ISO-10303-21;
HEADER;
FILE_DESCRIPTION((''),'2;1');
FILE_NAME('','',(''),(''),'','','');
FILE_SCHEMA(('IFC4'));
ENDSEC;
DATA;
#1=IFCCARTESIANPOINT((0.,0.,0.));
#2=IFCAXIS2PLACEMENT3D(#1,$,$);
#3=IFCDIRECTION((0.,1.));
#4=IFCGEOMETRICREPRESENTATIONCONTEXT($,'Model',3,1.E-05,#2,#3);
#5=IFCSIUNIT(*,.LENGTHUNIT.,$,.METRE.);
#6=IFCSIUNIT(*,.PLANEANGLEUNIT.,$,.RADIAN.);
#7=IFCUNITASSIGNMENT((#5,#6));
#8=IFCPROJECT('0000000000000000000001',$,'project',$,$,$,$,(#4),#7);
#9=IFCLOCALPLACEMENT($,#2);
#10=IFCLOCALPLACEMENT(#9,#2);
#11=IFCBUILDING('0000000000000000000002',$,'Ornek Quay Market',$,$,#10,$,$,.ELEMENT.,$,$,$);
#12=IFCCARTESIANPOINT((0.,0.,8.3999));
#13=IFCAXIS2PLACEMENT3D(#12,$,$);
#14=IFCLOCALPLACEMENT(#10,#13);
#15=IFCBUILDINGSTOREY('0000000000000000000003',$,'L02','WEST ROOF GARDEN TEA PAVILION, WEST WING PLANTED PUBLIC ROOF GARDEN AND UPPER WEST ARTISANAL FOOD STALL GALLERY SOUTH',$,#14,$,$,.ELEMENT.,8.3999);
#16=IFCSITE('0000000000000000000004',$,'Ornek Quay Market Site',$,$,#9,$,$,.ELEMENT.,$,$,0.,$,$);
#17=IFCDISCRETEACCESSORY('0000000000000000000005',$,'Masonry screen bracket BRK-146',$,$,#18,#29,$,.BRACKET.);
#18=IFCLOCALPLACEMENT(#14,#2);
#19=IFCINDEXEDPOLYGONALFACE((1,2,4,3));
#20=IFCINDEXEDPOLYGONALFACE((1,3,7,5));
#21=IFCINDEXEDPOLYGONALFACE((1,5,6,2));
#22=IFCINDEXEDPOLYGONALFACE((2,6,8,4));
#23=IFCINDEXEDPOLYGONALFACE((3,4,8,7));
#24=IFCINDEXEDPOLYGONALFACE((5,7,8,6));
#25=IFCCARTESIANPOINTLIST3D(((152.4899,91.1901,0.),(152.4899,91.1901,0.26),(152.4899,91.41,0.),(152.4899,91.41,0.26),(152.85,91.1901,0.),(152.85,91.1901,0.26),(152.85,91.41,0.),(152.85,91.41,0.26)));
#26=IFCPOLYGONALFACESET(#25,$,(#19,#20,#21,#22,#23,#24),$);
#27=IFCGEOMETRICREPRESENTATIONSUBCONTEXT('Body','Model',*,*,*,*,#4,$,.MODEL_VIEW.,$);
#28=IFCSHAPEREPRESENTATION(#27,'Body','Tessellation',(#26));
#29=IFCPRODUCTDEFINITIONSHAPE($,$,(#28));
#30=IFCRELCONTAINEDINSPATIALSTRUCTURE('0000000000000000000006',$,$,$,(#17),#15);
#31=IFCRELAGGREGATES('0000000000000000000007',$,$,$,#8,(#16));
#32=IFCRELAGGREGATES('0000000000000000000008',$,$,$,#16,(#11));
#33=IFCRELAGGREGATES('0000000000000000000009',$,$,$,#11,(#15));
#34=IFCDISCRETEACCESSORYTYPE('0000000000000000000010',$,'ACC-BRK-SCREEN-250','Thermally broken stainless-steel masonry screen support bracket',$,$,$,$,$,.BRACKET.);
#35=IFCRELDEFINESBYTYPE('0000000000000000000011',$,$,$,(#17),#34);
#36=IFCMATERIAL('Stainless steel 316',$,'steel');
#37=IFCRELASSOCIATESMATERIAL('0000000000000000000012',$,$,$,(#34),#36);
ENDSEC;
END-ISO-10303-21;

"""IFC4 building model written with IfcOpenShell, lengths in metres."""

from ifc_helpers import new_model, si_unit, direction, frame, origin, origin_2d, place, context, subcontext, project, spatial, rectangle, extrude, material, type_object, element, save


model = new_model("IFC4")

# Units and contexts
model_context = context("Model", 3, precision=1e-05, world=origin(), true_north=direction((0.0, 1.0)))
body_context = subcontext(model_context, "Body", "Model", "MODEL_VIEW")
ifc_project = project(units=[si_unit("LENGTHUNIT", "METRE"), si_unit("PLANEANGLEUNIT", "RADIAN")], contexts=[model_context])

# Site, building, storey
site_placement = place(None, origin())
site = spatial("IfcSite", under=ifc_project, at=site_placement, Name="Ornek Quay Market Site", CompositionType="ELEMENT", RefElevation=0.0)
building_placement = place(site_placement, origin())
building = spatial("IfcBuilding", under=site, at=building_placement, Name="Ornek Quay Market", CompositionType="ELEMENT")
storey_placement = place(building_placement, frame((0.0, 0.0, 8.3999)))
storey = spatial("IfcBuildingStorey", under=building, at=storey_placement, Name="L02", Description="WEST ROOF GARDEN TEA PAVILION, WEST WING PLANTED PUBLIC ROOF GARDEN AND UPPER WEST ARTISANAL FOOD STALL GALLERY SOUTH", CompositionType="ELEMENT", Elevation=8.3999)

# Discrete accessory
ifc_material_1 = material(Name="Stainless steel 316", Category="steel")
discrete_accessory_type = type_object("IfcDiscreteAccessoryType", Name="ACC-BRK-SCREEN-250", Description="Thermally broken stainless-steel masonry screen support bracket", PredefinedType="BRACKET", material=ifc_material_1)
for number, where, z_axis, x_axis, name in (
    (1, (152.6699, 91.3, 0.0), (0.0, 0.0, 1.0), (0.0, 1.0, 0.0), "Masonry screen bracket BRK-146"),
):
    element("IfcDiscreteAccessory", number, at=place(storey_placement, frame(where, z_axis=z_axis, x_axis=x_axis)), inside=storey, type_object=discrete_accessory_type, Name=name, PredefinedType="BRACKET", context=body_context, shape_type="SweptSolid", body=[
        extrude(rectangle(XDim=0.22, YDim=0.3601, at=origin_2d()), origin(), (0.0, 0.0, 1.0), 0.26),
    ])

save(model, "model.ifc")
